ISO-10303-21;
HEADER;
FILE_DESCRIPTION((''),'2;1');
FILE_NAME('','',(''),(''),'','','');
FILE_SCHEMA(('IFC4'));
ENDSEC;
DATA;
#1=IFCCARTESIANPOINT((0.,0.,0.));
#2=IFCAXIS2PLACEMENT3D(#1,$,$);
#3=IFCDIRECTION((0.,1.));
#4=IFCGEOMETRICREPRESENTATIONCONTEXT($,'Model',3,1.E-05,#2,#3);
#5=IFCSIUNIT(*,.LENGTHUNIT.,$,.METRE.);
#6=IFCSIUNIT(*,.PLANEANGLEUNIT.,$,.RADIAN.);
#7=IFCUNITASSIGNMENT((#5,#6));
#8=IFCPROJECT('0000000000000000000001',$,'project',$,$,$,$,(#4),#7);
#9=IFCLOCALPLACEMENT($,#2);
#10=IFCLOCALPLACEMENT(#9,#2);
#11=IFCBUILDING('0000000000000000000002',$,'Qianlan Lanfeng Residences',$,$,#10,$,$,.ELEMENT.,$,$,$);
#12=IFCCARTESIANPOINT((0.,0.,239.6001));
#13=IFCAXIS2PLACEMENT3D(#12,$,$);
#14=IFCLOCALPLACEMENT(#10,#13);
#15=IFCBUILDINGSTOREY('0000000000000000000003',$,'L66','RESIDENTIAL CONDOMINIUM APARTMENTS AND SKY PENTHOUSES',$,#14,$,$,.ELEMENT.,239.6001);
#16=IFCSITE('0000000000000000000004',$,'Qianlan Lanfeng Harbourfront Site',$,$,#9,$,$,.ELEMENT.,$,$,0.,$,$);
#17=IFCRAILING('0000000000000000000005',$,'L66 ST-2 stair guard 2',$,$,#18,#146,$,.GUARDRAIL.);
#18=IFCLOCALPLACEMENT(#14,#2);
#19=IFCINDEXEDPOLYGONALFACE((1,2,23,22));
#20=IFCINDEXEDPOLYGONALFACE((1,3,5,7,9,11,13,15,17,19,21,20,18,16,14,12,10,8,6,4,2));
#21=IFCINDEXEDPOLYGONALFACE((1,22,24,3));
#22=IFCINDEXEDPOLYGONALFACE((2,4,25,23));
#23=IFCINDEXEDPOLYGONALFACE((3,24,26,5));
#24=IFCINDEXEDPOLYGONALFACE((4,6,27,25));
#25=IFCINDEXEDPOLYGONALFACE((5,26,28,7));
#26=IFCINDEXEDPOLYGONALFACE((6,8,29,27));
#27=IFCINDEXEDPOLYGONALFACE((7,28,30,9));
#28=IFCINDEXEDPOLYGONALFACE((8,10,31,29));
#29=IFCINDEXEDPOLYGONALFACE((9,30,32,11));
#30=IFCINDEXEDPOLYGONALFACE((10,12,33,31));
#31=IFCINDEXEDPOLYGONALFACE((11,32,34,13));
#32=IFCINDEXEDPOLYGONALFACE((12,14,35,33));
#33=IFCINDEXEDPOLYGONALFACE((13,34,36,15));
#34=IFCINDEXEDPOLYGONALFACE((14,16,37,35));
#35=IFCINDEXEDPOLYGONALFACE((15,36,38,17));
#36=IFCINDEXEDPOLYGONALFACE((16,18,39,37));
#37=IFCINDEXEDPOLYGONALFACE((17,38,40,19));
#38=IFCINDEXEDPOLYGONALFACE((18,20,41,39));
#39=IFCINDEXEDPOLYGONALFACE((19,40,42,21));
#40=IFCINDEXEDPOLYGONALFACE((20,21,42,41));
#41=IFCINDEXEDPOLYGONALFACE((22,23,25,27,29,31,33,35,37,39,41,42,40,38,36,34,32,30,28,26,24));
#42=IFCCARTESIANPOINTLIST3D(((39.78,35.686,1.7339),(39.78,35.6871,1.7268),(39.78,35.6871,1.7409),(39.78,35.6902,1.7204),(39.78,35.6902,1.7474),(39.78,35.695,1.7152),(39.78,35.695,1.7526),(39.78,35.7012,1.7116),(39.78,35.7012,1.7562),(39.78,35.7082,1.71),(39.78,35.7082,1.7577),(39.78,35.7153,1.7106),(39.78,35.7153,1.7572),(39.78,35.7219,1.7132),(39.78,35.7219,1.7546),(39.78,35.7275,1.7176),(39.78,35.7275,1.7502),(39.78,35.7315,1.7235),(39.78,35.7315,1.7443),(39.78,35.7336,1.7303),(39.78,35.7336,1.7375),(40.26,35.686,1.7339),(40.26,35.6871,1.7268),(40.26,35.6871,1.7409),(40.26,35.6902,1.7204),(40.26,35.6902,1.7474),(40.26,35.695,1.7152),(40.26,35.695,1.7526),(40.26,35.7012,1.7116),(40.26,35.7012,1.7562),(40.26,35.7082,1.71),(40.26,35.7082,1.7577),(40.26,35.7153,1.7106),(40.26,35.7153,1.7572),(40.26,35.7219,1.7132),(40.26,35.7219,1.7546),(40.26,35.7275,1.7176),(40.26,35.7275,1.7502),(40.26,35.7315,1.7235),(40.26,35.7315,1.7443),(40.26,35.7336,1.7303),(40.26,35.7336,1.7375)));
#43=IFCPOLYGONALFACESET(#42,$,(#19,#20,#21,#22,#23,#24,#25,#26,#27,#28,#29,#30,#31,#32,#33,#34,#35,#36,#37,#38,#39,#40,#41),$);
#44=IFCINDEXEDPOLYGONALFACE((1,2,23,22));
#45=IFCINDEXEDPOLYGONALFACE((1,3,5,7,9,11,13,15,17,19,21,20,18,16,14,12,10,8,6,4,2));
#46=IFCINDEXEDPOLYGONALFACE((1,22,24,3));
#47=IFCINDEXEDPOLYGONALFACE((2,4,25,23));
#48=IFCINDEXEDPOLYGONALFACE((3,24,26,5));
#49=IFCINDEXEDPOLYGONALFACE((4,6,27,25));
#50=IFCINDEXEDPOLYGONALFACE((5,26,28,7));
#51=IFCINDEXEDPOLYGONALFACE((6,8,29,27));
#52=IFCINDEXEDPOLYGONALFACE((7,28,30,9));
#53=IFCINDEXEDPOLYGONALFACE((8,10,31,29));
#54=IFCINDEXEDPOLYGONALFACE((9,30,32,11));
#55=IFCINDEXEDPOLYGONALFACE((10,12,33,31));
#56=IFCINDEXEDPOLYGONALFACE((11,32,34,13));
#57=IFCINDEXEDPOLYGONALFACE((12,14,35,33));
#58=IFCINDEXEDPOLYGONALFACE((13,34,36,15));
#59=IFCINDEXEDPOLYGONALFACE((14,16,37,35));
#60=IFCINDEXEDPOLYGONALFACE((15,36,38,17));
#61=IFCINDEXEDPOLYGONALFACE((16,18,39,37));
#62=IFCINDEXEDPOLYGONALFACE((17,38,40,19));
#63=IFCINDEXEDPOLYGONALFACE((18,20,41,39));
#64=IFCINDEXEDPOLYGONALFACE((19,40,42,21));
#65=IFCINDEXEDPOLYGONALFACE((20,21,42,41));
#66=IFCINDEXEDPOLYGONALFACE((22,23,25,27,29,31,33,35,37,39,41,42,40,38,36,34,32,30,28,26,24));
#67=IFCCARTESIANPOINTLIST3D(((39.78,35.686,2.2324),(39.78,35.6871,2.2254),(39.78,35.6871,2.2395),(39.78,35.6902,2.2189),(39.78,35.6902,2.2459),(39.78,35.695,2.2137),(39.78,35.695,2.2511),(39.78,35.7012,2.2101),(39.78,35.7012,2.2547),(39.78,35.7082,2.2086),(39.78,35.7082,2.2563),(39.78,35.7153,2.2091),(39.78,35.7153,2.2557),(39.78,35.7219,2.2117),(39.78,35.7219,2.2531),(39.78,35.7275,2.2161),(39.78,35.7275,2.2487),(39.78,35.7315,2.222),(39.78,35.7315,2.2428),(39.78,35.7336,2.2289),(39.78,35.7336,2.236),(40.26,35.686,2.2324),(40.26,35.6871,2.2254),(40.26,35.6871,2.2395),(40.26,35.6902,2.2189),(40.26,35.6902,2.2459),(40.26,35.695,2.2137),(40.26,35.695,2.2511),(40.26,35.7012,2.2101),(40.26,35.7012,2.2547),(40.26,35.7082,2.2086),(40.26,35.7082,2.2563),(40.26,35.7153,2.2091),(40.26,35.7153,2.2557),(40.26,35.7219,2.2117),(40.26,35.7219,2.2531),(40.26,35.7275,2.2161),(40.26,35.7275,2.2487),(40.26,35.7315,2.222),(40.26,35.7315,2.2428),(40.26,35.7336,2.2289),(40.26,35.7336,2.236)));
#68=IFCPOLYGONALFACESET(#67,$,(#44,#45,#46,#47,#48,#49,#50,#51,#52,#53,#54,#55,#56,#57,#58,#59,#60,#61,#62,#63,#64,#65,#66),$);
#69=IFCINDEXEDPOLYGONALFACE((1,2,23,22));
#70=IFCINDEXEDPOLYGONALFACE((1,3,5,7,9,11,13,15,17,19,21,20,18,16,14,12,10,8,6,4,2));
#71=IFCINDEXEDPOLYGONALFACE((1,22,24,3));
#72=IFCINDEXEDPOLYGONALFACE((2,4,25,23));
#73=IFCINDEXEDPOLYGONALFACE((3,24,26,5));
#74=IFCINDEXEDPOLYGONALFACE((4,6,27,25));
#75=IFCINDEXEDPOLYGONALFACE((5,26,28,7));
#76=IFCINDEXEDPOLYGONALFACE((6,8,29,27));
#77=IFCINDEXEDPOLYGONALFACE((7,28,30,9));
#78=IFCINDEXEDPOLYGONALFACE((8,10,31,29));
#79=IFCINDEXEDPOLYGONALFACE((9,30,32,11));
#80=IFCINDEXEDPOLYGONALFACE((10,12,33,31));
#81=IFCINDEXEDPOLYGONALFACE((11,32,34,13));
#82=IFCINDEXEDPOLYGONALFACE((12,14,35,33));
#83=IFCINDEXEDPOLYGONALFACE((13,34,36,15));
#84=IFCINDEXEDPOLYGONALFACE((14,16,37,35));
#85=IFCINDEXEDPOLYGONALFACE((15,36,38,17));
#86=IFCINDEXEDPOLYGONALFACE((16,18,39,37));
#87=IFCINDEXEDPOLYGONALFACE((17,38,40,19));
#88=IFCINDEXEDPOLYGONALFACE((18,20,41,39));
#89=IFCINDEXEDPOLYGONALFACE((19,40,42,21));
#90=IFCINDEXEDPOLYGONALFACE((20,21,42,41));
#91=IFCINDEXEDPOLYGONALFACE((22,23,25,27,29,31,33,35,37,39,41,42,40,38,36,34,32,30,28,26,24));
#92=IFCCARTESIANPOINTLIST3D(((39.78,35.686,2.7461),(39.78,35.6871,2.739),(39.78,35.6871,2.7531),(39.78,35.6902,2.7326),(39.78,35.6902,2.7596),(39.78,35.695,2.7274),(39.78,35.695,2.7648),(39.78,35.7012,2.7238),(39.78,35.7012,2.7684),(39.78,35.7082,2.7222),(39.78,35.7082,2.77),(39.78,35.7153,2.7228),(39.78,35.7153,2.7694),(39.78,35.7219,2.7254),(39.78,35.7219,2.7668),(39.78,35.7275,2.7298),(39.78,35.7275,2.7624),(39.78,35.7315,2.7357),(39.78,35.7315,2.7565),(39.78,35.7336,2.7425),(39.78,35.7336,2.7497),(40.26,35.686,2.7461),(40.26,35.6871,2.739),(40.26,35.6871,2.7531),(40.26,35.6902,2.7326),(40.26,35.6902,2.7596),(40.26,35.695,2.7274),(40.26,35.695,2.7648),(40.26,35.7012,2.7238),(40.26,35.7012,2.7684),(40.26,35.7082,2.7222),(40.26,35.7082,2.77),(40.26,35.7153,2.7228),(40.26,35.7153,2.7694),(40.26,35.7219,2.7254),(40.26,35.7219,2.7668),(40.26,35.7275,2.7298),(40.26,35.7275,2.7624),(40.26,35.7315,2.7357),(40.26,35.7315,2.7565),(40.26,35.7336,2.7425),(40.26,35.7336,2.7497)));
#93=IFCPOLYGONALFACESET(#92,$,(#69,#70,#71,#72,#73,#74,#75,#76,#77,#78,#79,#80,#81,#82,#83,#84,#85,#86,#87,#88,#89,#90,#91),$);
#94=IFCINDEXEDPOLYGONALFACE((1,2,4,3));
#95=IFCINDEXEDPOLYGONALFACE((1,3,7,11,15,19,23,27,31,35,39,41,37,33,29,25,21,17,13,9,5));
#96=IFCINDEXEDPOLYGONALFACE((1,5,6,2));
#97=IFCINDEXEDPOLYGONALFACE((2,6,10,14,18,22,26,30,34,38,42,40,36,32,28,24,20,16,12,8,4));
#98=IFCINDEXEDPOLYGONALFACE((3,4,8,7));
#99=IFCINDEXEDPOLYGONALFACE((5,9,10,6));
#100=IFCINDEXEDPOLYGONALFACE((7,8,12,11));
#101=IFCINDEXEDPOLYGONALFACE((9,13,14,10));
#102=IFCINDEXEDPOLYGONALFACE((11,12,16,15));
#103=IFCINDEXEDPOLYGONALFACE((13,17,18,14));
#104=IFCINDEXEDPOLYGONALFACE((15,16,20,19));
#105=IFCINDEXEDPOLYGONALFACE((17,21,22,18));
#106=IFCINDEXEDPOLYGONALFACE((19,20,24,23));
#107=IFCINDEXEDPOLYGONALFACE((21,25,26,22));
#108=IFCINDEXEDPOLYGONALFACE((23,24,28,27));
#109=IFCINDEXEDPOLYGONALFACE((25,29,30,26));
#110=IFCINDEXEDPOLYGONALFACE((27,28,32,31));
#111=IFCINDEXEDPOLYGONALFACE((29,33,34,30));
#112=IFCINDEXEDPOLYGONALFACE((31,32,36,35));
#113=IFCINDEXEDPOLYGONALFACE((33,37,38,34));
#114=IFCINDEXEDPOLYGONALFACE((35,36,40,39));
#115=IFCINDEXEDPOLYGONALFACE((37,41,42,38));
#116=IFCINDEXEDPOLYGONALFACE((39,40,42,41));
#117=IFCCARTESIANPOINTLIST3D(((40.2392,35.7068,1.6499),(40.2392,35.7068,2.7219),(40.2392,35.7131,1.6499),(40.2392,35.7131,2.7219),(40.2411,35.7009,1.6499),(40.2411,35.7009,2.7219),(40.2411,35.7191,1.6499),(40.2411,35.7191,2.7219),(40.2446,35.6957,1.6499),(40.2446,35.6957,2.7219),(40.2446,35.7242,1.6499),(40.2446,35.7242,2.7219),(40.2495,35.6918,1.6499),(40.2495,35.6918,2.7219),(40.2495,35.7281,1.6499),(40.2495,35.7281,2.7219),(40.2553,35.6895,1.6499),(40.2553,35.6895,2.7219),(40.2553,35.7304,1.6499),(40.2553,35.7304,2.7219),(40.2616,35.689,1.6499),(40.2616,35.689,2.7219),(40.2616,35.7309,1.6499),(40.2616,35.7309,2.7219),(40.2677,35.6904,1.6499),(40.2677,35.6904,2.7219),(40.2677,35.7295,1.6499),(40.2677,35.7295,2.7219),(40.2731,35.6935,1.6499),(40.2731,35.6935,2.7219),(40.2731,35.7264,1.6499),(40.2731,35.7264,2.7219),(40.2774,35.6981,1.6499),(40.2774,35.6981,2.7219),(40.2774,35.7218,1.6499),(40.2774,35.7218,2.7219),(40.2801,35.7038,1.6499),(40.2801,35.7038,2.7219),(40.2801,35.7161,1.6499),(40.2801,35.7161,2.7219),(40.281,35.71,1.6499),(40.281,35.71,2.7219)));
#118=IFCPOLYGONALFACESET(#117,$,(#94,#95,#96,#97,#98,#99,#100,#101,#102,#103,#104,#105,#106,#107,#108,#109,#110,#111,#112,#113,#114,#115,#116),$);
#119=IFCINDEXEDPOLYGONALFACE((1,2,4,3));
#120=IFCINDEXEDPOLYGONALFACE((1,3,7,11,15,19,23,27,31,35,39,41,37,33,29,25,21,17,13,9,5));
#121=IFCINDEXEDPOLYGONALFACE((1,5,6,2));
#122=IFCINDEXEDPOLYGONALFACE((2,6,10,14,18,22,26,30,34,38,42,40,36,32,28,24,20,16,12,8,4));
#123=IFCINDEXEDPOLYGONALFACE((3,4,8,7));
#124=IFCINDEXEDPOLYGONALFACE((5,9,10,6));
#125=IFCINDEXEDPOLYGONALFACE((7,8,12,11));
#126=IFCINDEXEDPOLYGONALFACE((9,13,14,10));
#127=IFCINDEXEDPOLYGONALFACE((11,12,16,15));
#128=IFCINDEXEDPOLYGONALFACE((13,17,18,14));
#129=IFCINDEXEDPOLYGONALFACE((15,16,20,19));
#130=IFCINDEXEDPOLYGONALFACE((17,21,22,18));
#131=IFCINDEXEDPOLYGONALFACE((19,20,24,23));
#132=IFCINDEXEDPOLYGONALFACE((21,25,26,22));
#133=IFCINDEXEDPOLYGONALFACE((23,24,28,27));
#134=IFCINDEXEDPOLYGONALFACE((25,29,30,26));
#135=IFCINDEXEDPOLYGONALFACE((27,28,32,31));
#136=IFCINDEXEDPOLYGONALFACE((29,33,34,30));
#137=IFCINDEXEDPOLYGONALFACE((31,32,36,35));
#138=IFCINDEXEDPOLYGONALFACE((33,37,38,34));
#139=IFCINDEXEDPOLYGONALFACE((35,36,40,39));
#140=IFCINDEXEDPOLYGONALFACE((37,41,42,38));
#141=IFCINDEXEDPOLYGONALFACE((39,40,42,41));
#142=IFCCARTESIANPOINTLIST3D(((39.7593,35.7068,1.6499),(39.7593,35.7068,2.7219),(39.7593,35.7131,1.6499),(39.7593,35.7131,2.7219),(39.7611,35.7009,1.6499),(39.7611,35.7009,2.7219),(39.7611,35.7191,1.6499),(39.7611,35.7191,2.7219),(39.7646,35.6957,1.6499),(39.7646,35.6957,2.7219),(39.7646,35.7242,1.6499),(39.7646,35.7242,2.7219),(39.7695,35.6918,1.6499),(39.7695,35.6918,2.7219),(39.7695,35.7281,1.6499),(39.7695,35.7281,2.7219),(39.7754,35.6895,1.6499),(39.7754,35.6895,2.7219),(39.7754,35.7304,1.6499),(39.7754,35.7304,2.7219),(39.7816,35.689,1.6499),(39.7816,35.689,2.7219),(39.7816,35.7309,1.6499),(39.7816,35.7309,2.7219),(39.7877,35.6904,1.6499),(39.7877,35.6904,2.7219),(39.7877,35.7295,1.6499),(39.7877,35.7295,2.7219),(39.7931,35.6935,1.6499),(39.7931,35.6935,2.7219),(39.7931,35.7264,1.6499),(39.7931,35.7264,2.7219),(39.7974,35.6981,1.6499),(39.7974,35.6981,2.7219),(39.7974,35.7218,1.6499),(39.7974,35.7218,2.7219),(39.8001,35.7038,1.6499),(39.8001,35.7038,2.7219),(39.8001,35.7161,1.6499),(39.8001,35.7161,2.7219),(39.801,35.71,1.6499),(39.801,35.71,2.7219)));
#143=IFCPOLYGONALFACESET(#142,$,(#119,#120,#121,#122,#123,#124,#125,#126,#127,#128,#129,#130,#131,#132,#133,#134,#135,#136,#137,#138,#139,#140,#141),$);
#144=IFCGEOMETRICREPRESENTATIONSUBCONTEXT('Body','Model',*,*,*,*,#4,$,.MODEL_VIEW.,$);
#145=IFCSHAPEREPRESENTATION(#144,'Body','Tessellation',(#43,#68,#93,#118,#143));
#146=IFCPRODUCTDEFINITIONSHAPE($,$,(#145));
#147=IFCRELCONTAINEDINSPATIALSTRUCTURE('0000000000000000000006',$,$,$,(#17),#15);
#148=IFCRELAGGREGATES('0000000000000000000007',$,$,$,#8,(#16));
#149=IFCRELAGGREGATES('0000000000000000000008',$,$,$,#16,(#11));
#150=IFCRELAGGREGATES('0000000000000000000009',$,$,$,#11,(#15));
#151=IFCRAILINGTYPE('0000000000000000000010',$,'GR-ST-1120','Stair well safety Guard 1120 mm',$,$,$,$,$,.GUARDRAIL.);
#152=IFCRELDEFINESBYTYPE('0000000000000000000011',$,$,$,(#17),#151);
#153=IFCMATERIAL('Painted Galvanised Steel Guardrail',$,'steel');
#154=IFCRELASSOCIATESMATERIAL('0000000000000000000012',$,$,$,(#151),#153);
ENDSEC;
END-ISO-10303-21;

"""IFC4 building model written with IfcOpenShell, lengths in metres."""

from ifc_helpers import new_model, si_unit, direction, frame, origin, origin_2d, place, context, subcontext, project, spatial, circle, extrude, material, type_object, element, save


model = new_model("IFC4")

# Units and contexts
model_context = context("Model", 3, precision=1e-05, world=origin(), true_north=direction((0.0, 1.0)))
body_context = subcontext(model_context, "Body", "Model", "MODEL_VIEW")
ifc_project = project(units=[si_unit("LENGTHUNIT", "METRE"), si_unit("PLANEANGLEUNIT", "RADIAN")], contexts=[model_context])

# Site, building, storey
site_placement = place(None, origin())
site = spatial("IfcSite", under=ifc_project, at=site_placement, Name="Qianlan Lanfeng Harbourfront Site", CompositionType="ELEMENT", RefElevation=0.0)
building_placement = place(site_placement, origin())
building = spatial("IfcBuilding", under=site, at=building_placement, Name="Qianlan Lanfeng Residences", CompositionType="ELEMENT")
storey_placement = place(building_placement, frame((0.0, 0.0, 239.6001)))
storey = spatial("IfcBuildingStorey", under=building, at=storey_placement, Name="L66", Description="RESIDENTIAL CONDOMINIUM APARTMENTS AND SKY PENTHOUSES", CompositionType="ELEMENT", Elevation=239.6001)

# Railing
ifc_material_1 = material(Name="Painted Galvanised Steel Guardrail", Category="steel")
railing_type_1 = type_object("IfcRailingType", Name="GR-ST-1120", Description="Stair well safety Guard 1120 mm", PredefinedType="GUARDRAIL", material=ifc_material_1)
railing_1_placement = place(storey_placement, frame((40.26, 35.71, 1.6499)))
element("IfcRailing", 1, at=railing_1_placement, inside=storey, type_object=railing_type_1, Name="L66 ST-2 stair guard 2", PredefinedType="GUARDRAIL", context=body_context, shape_type="SweptSolid", body=[
    extrude(circle(Radius=0.0239, at=origin_2d()), frame((0.0, 0.0, 0.084), z_axis=(-1.0, 0.0, 0.0), x_axis=(0.0, -1.0, 0.0)), (0.0, 0.0, 1.0), 0.48),
    extrude(circle(Radius=0.0239, at=origin_2d()), frame((0.0, 0.0, 0.5825), z_axis=(-1.0, 0.0, 0.0), x_axis=(0.0, -1.0, 0.0)), (0.0, 0.0, 1.0), 0.48),
    extrude(circle(Radius=0.0239, at=origin_2d()), frame((0.0, 0.0, 1.0962), z_axis=(-1.0, 0.0, 0.0), x_axis=(0.0, -1.0, 0.0)), (0.0, 0.0, 1.0), 0.48),
    extrude(circle(Radius=0.021, at=origin_2d()), origin(), (0.0, 0.0, 1.0), 1.072),
    extrude(circle(Radius=0.021, at=origin_2d()), frame((-0.48, 0.0, 0.0)), (0.0, 0.0, 1.0), 1.072),
])

save(model, "model.ifc")
